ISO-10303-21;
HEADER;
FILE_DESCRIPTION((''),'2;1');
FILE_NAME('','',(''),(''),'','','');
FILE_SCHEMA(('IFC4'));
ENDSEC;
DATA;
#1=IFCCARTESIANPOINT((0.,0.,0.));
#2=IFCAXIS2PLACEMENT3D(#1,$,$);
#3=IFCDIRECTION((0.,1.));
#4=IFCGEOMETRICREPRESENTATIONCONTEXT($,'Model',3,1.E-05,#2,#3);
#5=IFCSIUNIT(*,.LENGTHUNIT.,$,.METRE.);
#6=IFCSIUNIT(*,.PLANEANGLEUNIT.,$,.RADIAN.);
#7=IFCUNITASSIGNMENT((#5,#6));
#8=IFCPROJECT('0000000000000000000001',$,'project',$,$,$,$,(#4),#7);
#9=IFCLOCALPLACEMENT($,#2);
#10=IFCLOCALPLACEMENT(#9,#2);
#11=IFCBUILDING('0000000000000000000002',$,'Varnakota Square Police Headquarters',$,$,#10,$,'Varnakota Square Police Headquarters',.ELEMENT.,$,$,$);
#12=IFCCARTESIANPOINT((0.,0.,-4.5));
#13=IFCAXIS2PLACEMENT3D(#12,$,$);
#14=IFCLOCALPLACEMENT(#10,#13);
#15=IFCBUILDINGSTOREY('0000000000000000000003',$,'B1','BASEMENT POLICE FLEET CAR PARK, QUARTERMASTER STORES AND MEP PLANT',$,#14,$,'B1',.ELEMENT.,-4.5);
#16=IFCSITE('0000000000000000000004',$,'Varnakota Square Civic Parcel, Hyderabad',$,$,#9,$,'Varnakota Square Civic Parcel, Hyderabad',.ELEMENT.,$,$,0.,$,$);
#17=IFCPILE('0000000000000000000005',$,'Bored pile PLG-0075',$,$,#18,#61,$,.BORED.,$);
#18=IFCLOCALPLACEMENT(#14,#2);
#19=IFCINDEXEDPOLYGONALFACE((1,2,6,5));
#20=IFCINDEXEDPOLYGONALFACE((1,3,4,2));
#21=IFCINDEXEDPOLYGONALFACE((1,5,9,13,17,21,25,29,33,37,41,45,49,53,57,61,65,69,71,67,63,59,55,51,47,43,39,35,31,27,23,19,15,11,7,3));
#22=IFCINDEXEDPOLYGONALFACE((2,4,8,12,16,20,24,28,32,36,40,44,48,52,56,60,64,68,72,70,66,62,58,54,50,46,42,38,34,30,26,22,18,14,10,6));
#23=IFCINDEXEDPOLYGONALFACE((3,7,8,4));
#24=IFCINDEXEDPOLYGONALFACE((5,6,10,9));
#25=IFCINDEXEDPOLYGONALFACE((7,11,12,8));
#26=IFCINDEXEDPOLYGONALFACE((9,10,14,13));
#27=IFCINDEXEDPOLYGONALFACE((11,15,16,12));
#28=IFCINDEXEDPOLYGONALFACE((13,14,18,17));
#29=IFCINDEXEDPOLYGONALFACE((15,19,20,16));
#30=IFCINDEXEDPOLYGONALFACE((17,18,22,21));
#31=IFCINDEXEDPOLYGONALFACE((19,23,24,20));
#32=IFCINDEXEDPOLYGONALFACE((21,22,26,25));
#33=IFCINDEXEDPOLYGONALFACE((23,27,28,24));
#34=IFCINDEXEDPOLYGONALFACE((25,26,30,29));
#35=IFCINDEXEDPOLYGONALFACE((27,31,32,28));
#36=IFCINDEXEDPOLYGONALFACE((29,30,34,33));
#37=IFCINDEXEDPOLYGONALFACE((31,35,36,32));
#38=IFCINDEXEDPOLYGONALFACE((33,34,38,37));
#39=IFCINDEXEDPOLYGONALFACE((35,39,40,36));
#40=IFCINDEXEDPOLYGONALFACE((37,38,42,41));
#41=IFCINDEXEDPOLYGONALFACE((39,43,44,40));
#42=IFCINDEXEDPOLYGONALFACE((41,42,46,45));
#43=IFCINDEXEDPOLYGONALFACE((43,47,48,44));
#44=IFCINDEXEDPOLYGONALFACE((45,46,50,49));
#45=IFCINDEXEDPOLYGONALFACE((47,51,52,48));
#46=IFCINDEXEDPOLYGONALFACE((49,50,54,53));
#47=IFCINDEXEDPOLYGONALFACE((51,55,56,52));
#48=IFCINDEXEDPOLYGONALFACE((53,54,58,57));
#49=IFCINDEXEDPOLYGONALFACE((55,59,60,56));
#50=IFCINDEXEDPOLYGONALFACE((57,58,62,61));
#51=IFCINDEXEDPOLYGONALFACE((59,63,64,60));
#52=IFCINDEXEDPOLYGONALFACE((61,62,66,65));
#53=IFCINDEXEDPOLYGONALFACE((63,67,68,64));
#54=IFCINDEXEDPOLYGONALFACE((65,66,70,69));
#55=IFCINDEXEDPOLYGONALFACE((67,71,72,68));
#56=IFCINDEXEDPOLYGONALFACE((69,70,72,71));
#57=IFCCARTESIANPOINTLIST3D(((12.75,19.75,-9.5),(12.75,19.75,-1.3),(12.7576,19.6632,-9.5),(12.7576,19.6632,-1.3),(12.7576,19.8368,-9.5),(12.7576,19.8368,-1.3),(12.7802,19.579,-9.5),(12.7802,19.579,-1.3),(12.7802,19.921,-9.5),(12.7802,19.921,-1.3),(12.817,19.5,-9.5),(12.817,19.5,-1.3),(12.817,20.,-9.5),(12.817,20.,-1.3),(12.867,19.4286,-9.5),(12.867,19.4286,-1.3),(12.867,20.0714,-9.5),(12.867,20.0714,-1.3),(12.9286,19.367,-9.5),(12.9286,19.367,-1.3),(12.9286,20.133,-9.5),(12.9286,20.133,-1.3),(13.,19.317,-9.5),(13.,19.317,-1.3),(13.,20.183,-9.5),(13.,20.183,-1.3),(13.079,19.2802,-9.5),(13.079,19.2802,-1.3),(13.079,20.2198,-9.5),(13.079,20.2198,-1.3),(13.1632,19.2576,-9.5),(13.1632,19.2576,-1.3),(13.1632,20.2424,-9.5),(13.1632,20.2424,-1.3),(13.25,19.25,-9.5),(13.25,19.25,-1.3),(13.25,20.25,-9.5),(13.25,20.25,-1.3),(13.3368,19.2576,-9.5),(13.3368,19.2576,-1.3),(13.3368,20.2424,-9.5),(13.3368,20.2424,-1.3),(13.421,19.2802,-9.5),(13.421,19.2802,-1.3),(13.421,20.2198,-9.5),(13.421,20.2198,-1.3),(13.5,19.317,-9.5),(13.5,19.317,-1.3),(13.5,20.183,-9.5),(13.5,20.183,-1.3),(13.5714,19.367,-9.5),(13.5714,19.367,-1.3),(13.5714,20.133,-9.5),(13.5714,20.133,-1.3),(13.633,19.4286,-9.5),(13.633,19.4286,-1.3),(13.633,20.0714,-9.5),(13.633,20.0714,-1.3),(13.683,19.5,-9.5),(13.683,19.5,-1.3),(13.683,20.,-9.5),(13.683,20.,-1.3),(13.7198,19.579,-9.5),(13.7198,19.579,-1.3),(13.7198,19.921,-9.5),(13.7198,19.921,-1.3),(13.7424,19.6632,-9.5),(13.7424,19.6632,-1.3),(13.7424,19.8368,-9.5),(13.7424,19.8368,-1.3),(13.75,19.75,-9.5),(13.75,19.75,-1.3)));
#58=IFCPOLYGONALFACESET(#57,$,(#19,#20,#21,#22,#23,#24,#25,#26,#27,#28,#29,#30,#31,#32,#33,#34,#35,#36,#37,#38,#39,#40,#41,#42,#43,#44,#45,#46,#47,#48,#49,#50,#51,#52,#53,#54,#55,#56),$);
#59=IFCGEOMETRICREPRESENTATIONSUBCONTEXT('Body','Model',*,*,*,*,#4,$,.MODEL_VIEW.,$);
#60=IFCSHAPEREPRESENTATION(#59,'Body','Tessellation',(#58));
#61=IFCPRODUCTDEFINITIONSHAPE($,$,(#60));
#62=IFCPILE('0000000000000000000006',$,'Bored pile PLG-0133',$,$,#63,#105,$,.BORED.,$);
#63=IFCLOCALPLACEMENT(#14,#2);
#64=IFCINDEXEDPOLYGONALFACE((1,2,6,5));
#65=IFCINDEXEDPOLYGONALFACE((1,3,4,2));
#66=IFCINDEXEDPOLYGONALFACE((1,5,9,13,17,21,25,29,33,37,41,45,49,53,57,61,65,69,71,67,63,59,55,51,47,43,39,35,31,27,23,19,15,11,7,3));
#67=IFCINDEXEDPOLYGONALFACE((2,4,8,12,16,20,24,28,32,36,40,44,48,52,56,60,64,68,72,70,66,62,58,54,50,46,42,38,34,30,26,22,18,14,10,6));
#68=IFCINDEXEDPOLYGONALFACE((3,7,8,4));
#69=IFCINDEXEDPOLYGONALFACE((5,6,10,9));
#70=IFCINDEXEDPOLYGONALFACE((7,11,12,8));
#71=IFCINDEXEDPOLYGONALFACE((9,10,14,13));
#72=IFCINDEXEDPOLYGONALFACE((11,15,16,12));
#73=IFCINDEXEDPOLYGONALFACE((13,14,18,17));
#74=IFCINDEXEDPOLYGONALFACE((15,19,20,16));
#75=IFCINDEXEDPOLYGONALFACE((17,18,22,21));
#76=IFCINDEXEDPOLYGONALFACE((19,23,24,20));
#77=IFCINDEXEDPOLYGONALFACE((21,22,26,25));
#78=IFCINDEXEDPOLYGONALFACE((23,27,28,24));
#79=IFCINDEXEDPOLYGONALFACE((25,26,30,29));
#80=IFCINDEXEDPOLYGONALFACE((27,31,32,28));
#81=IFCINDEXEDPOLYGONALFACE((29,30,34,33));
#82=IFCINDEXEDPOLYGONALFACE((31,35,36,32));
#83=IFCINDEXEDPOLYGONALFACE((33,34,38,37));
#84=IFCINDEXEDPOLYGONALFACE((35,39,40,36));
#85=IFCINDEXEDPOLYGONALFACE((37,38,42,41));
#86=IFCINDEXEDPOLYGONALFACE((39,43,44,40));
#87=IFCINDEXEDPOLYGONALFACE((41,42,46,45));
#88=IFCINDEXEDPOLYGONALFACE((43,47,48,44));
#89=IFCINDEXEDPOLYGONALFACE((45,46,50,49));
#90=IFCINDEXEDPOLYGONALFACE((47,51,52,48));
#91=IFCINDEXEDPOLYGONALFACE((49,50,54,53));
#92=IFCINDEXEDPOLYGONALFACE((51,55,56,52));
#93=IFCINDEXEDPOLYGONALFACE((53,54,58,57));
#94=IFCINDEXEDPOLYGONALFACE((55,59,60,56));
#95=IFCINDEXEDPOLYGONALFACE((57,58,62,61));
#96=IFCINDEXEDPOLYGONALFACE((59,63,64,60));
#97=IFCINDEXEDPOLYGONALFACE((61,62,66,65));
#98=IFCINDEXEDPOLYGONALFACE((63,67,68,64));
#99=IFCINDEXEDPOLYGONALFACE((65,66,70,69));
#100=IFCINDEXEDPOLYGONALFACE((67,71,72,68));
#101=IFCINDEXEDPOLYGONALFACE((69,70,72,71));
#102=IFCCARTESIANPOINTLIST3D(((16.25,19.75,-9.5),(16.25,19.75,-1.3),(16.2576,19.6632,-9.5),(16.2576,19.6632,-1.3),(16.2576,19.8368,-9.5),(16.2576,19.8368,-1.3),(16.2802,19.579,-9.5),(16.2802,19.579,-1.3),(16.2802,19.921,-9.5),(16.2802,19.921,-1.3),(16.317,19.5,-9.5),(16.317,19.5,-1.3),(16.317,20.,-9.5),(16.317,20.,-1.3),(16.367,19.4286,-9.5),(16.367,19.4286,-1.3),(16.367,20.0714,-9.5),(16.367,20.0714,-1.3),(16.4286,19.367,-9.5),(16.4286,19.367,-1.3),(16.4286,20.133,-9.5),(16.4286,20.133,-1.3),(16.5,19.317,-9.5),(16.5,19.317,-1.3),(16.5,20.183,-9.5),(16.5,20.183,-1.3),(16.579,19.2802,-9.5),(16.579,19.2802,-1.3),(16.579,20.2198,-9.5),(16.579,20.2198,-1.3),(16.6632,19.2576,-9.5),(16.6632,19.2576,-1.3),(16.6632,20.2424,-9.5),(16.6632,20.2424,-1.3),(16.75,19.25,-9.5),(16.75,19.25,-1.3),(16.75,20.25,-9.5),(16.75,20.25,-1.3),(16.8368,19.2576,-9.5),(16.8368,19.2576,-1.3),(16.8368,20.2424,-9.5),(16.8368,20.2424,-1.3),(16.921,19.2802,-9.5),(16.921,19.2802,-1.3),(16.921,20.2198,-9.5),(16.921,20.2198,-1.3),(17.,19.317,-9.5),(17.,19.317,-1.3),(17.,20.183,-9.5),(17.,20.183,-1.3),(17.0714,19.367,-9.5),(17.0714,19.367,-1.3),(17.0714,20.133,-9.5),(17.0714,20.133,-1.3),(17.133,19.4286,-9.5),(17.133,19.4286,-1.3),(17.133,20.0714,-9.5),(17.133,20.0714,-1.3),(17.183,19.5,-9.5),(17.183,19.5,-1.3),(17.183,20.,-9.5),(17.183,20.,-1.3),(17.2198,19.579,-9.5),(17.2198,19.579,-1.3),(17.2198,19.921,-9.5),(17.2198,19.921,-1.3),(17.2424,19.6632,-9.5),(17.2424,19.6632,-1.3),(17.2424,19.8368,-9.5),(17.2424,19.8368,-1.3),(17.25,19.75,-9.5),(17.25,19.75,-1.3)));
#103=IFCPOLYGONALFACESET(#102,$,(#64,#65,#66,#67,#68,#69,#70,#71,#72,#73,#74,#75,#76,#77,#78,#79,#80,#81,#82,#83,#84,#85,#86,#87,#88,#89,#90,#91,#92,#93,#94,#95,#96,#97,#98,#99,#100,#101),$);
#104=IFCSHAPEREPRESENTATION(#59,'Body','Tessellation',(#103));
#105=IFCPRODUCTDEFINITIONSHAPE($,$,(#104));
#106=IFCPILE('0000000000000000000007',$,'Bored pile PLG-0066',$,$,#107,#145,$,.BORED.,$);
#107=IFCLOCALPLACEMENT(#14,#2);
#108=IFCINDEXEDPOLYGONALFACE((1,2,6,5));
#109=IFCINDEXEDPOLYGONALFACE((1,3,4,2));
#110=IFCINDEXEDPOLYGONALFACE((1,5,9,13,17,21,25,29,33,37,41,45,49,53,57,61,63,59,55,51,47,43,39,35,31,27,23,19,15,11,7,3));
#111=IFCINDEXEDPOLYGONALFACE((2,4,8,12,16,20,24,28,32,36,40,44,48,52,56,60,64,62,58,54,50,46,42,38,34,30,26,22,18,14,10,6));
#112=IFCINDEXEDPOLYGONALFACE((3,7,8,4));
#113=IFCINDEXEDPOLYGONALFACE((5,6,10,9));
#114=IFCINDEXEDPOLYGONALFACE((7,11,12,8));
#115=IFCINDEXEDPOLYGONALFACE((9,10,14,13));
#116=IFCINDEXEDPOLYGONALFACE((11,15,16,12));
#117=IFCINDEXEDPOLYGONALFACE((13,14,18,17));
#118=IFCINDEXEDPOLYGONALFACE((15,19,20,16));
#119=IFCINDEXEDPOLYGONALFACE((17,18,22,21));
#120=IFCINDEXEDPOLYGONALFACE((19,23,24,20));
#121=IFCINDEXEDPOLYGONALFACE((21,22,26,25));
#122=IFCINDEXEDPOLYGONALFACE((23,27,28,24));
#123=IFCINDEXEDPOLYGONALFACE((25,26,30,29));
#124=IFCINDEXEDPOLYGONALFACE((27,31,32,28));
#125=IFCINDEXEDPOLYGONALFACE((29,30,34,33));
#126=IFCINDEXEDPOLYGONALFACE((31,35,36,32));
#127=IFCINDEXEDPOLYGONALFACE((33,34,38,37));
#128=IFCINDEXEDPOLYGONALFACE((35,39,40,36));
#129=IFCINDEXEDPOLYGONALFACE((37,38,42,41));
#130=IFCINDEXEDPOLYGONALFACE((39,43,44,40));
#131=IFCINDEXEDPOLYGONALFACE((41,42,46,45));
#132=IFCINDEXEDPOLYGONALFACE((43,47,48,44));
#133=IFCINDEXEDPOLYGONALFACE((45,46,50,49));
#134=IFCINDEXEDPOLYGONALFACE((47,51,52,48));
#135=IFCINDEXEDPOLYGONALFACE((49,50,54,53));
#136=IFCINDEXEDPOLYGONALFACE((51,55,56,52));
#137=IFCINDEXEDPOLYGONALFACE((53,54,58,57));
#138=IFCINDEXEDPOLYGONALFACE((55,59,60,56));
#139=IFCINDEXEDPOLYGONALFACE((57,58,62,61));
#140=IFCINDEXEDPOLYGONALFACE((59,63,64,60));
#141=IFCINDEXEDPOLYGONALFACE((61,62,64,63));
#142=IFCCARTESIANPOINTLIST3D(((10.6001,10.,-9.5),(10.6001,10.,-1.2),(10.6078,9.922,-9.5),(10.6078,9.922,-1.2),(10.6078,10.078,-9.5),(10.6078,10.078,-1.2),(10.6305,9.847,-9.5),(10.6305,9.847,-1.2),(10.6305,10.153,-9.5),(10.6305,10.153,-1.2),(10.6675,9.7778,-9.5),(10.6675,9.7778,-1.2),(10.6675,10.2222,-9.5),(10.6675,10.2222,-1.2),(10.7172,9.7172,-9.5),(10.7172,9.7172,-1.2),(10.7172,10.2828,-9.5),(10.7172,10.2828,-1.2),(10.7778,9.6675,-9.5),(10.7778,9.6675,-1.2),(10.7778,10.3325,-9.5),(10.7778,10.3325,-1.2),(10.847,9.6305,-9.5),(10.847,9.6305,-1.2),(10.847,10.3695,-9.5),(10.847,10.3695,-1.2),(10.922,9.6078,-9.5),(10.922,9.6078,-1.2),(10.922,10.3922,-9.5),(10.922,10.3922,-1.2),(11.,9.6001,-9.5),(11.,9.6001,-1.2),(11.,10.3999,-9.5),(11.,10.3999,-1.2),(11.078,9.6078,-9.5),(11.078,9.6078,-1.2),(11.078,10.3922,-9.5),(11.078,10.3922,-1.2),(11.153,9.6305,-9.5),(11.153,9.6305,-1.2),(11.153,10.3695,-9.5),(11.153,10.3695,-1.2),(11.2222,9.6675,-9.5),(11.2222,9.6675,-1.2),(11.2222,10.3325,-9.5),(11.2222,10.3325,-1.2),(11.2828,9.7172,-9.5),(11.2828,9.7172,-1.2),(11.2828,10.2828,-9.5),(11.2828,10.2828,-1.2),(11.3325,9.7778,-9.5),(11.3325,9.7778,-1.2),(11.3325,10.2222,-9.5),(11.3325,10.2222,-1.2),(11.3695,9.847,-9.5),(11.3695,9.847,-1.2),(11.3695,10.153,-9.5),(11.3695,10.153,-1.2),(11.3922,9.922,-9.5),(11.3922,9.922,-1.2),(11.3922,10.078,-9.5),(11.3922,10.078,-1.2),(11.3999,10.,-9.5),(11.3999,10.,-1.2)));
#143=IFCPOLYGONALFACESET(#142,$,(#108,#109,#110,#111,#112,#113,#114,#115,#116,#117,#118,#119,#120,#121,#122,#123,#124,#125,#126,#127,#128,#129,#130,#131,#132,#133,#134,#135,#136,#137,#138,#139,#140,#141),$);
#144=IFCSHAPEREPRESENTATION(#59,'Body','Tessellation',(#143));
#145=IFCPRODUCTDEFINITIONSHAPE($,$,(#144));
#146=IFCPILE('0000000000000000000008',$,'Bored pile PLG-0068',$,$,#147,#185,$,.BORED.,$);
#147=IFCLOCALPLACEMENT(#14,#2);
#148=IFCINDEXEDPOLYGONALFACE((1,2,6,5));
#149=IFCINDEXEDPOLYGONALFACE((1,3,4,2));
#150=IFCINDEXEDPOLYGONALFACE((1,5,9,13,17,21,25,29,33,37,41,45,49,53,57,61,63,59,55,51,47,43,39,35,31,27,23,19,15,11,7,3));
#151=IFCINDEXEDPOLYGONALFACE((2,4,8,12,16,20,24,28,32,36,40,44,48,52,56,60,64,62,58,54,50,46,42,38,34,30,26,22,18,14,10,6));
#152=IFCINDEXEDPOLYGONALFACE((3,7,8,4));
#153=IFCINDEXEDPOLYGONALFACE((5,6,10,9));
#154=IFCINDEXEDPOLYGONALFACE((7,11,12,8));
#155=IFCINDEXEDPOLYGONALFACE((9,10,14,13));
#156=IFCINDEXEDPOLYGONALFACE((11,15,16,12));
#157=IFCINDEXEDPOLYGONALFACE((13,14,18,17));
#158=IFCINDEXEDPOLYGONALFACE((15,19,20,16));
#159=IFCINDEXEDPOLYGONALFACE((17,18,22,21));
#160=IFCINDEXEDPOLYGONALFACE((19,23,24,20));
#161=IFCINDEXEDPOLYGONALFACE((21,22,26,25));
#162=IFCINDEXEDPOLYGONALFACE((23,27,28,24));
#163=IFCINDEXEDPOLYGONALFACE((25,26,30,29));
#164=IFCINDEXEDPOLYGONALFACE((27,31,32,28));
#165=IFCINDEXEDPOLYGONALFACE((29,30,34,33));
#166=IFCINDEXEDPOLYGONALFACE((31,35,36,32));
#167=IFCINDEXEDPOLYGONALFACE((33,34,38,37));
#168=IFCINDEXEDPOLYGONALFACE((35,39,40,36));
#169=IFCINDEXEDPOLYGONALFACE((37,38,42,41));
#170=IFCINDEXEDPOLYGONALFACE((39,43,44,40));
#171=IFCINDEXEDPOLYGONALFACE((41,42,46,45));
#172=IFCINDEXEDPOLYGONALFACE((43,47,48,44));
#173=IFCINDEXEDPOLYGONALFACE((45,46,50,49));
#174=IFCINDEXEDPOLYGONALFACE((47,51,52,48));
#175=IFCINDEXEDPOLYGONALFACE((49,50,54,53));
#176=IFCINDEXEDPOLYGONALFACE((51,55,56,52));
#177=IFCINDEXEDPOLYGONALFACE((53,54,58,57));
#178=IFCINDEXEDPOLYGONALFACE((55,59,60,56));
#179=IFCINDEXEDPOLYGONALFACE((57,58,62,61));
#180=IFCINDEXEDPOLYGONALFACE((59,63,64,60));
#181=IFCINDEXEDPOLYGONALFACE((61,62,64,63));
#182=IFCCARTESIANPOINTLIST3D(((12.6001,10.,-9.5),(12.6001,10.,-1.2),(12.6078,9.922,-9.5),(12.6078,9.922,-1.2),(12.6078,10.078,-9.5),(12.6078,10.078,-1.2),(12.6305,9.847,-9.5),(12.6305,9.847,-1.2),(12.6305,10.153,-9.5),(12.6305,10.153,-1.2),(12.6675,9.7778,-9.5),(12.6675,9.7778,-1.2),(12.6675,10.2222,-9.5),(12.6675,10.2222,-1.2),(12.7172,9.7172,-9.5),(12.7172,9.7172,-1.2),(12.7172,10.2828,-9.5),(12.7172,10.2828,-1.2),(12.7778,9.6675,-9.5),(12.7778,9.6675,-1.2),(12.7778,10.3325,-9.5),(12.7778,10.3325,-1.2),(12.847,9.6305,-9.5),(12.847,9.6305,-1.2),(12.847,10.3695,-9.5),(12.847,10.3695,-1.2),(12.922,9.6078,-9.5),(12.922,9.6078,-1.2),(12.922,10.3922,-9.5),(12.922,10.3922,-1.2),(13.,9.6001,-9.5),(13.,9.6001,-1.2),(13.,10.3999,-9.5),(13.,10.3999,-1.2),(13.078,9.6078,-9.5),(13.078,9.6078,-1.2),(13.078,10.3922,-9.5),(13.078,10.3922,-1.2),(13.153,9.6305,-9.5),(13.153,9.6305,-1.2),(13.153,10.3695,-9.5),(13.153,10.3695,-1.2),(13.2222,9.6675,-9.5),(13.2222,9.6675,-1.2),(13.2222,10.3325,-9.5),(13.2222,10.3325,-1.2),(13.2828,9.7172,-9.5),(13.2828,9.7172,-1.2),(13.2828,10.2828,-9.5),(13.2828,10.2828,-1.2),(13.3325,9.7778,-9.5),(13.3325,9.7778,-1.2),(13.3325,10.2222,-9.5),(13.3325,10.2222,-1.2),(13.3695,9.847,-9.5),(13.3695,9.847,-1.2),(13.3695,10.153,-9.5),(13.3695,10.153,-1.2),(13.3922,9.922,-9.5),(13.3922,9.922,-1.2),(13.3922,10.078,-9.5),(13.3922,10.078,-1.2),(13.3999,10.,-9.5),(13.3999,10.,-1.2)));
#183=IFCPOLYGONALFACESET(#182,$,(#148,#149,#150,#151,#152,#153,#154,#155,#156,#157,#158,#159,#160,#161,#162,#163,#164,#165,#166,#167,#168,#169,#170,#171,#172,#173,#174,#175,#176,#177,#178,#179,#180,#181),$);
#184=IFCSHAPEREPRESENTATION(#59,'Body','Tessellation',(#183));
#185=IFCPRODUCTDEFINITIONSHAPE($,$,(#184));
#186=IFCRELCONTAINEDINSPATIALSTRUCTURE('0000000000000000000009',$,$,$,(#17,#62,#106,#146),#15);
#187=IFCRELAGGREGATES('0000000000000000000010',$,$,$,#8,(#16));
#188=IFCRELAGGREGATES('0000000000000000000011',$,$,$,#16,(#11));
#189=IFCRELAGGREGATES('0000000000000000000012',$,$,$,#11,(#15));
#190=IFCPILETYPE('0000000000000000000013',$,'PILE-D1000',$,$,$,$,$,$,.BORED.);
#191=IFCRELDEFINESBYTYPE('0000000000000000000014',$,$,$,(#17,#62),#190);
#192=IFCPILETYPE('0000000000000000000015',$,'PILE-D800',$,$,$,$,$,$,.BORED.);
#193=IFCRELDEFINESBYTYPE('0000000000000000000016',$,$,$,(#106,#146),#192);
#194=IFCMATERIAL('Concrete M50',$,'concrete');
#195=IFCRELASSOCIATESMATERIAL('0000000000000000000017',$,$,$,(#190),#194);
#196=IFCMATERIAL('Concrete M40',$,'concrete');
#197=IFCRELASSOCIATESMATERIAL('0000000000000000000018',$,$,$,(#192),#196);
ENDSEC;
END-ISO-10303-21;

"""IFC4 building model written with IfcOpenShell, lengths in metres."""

from ifc_helpers import new_model, si_unit, direction, frame, origin, origin_2d, place, context, subcontext, project, spatial, circle, extrude, material, material_profile, profile_set, type_object, element, save


model = new_model("IFC4")

# Units and contexts
model_context = context("Model", 3, precision=1e-05, world=origin(), true_north=direction((0.0, 1.0)))
body_context = subcontext(model_context, "Body", "Model", "MODEL_VIEW")
ifc_project = project(units=[si_unit("LENGTHUNIT", "METRE"), si_unit("PLANEANGLEUNIT", "RADIAN")], contexts=[model_context])

# Site, building, storey
site_placement = place(None, origin())
site = spatial("IfcSite", under=ifc_project, at=site_placement, Name="Varnakota Square Civic Parcel, Hyderabad", LongName="Varnakota Square Civic Parcel, Hyderabad", CompositionType="ELEMENT", RefElevation=0.0)
building_placement = place(site_placement, origin())
building = spatial("IfcBuilding", under=site, at=building_placement, Name="Varnakota Square Police Headquarters", LongName="Varnakota Square Police Headquarters", CompositionType="ELEMENT")
storey_placement = place(building_placement, frame((0.0, 0.0, -4.5)))
storey = spatial("IfcBuildingStorey", under=building, at=storey_placement, Name="B1", Description="BASEMENT POLICE FLEET CAR PARK, QUARTERMASTER STORES AND MEP PLANT", LongName="B1", CompositionType="ELEMENT", Elevation=-4.5)

# Shared definitions
ifc_material_1 = material(Name="Concrete M40", Category="concrete")

# Piles
ifc_material_2 = material(Name="Concrete M50", Category="concrete")
ifc_material_profile_1 = material_profile(ifc_material_2, circle(Radius=0.5, at=origin_2d()), Name="BORED PILE 1000")
ifc_profile_set_1 = profile_set([ifc_material_profile_1], Name="Concrete M50")
pile_type_1 = type_object("IfcPileType", Name="PILE-D1000", PredefinedType="BORED", material=ifc_profile_set_1)
for number, where, z_axis, x_axis, name in (
    (1, (13.25, 19.75, -1.3), (0.0, 0.0, -1.0), (1.0, 0.0, 0.0), "Bored pile PLG-0075"),
    (2, (16.75, 19.75, -1.3), (0.0, 0.0, -1.0), (1.0, 0.0, 0.0), "Bored pile PLG-0133"),
):
    element("IfcPile", number, at=place(storey_placement, frame(where, z_axis=z_axis, x_axis=x_axis)), inside=storey, type_object=pile_type_1, Name=name, PredefinedType="BORED", context=body_context, shape_type="SweptSolid", body=[
        extrude(circle(Radius=0.5, at=origin_2d()), origin(), (0.0, 0.0, 1.0), 8.2),
    ])
ifc_material_profile_2 = material_profile(ifc_material_1, circle(Radius=0.3999, at=origin_2d()), Name="BORED PILE 800")
ifc_profile_set_2 = profile_set([ifc_material_profile_2], Name="Concrete M40")
pile_type_2 = type_object("IfcPileType", Name="PILE-D800", PredefinedType="BORED", material=ifc_profile_set_2)
for number, where, z_axis, x_axis, name in (
    (3, (11.0, 10.0, -1.2), (0.0, 0.0, -1.0), (1.0, 0.0, 0.0), "Bored pile PLG-0066"),
    (4, (13.0, 10.0, -1.2), (0.0, 0.0, -1.0), (1.0, 0.0, 0.0), "Bored pile PLG-0068"),
):
    element("IfcPile", number, at=place(storey_placement, frame(where, z_axis=z_axis, x_axis=x_axis)), inside=storey, type_object=pile_type_2, Name=name, PredefinedType="BORED", context=body_context, shape_type="SweptSolid", body=[
        extrude(circle(Radius=0.3999, at=origin_2d()), origin(), (0.0, 0.0, 1.0), 8.3),
    ])

save(model, "model.ifc")
